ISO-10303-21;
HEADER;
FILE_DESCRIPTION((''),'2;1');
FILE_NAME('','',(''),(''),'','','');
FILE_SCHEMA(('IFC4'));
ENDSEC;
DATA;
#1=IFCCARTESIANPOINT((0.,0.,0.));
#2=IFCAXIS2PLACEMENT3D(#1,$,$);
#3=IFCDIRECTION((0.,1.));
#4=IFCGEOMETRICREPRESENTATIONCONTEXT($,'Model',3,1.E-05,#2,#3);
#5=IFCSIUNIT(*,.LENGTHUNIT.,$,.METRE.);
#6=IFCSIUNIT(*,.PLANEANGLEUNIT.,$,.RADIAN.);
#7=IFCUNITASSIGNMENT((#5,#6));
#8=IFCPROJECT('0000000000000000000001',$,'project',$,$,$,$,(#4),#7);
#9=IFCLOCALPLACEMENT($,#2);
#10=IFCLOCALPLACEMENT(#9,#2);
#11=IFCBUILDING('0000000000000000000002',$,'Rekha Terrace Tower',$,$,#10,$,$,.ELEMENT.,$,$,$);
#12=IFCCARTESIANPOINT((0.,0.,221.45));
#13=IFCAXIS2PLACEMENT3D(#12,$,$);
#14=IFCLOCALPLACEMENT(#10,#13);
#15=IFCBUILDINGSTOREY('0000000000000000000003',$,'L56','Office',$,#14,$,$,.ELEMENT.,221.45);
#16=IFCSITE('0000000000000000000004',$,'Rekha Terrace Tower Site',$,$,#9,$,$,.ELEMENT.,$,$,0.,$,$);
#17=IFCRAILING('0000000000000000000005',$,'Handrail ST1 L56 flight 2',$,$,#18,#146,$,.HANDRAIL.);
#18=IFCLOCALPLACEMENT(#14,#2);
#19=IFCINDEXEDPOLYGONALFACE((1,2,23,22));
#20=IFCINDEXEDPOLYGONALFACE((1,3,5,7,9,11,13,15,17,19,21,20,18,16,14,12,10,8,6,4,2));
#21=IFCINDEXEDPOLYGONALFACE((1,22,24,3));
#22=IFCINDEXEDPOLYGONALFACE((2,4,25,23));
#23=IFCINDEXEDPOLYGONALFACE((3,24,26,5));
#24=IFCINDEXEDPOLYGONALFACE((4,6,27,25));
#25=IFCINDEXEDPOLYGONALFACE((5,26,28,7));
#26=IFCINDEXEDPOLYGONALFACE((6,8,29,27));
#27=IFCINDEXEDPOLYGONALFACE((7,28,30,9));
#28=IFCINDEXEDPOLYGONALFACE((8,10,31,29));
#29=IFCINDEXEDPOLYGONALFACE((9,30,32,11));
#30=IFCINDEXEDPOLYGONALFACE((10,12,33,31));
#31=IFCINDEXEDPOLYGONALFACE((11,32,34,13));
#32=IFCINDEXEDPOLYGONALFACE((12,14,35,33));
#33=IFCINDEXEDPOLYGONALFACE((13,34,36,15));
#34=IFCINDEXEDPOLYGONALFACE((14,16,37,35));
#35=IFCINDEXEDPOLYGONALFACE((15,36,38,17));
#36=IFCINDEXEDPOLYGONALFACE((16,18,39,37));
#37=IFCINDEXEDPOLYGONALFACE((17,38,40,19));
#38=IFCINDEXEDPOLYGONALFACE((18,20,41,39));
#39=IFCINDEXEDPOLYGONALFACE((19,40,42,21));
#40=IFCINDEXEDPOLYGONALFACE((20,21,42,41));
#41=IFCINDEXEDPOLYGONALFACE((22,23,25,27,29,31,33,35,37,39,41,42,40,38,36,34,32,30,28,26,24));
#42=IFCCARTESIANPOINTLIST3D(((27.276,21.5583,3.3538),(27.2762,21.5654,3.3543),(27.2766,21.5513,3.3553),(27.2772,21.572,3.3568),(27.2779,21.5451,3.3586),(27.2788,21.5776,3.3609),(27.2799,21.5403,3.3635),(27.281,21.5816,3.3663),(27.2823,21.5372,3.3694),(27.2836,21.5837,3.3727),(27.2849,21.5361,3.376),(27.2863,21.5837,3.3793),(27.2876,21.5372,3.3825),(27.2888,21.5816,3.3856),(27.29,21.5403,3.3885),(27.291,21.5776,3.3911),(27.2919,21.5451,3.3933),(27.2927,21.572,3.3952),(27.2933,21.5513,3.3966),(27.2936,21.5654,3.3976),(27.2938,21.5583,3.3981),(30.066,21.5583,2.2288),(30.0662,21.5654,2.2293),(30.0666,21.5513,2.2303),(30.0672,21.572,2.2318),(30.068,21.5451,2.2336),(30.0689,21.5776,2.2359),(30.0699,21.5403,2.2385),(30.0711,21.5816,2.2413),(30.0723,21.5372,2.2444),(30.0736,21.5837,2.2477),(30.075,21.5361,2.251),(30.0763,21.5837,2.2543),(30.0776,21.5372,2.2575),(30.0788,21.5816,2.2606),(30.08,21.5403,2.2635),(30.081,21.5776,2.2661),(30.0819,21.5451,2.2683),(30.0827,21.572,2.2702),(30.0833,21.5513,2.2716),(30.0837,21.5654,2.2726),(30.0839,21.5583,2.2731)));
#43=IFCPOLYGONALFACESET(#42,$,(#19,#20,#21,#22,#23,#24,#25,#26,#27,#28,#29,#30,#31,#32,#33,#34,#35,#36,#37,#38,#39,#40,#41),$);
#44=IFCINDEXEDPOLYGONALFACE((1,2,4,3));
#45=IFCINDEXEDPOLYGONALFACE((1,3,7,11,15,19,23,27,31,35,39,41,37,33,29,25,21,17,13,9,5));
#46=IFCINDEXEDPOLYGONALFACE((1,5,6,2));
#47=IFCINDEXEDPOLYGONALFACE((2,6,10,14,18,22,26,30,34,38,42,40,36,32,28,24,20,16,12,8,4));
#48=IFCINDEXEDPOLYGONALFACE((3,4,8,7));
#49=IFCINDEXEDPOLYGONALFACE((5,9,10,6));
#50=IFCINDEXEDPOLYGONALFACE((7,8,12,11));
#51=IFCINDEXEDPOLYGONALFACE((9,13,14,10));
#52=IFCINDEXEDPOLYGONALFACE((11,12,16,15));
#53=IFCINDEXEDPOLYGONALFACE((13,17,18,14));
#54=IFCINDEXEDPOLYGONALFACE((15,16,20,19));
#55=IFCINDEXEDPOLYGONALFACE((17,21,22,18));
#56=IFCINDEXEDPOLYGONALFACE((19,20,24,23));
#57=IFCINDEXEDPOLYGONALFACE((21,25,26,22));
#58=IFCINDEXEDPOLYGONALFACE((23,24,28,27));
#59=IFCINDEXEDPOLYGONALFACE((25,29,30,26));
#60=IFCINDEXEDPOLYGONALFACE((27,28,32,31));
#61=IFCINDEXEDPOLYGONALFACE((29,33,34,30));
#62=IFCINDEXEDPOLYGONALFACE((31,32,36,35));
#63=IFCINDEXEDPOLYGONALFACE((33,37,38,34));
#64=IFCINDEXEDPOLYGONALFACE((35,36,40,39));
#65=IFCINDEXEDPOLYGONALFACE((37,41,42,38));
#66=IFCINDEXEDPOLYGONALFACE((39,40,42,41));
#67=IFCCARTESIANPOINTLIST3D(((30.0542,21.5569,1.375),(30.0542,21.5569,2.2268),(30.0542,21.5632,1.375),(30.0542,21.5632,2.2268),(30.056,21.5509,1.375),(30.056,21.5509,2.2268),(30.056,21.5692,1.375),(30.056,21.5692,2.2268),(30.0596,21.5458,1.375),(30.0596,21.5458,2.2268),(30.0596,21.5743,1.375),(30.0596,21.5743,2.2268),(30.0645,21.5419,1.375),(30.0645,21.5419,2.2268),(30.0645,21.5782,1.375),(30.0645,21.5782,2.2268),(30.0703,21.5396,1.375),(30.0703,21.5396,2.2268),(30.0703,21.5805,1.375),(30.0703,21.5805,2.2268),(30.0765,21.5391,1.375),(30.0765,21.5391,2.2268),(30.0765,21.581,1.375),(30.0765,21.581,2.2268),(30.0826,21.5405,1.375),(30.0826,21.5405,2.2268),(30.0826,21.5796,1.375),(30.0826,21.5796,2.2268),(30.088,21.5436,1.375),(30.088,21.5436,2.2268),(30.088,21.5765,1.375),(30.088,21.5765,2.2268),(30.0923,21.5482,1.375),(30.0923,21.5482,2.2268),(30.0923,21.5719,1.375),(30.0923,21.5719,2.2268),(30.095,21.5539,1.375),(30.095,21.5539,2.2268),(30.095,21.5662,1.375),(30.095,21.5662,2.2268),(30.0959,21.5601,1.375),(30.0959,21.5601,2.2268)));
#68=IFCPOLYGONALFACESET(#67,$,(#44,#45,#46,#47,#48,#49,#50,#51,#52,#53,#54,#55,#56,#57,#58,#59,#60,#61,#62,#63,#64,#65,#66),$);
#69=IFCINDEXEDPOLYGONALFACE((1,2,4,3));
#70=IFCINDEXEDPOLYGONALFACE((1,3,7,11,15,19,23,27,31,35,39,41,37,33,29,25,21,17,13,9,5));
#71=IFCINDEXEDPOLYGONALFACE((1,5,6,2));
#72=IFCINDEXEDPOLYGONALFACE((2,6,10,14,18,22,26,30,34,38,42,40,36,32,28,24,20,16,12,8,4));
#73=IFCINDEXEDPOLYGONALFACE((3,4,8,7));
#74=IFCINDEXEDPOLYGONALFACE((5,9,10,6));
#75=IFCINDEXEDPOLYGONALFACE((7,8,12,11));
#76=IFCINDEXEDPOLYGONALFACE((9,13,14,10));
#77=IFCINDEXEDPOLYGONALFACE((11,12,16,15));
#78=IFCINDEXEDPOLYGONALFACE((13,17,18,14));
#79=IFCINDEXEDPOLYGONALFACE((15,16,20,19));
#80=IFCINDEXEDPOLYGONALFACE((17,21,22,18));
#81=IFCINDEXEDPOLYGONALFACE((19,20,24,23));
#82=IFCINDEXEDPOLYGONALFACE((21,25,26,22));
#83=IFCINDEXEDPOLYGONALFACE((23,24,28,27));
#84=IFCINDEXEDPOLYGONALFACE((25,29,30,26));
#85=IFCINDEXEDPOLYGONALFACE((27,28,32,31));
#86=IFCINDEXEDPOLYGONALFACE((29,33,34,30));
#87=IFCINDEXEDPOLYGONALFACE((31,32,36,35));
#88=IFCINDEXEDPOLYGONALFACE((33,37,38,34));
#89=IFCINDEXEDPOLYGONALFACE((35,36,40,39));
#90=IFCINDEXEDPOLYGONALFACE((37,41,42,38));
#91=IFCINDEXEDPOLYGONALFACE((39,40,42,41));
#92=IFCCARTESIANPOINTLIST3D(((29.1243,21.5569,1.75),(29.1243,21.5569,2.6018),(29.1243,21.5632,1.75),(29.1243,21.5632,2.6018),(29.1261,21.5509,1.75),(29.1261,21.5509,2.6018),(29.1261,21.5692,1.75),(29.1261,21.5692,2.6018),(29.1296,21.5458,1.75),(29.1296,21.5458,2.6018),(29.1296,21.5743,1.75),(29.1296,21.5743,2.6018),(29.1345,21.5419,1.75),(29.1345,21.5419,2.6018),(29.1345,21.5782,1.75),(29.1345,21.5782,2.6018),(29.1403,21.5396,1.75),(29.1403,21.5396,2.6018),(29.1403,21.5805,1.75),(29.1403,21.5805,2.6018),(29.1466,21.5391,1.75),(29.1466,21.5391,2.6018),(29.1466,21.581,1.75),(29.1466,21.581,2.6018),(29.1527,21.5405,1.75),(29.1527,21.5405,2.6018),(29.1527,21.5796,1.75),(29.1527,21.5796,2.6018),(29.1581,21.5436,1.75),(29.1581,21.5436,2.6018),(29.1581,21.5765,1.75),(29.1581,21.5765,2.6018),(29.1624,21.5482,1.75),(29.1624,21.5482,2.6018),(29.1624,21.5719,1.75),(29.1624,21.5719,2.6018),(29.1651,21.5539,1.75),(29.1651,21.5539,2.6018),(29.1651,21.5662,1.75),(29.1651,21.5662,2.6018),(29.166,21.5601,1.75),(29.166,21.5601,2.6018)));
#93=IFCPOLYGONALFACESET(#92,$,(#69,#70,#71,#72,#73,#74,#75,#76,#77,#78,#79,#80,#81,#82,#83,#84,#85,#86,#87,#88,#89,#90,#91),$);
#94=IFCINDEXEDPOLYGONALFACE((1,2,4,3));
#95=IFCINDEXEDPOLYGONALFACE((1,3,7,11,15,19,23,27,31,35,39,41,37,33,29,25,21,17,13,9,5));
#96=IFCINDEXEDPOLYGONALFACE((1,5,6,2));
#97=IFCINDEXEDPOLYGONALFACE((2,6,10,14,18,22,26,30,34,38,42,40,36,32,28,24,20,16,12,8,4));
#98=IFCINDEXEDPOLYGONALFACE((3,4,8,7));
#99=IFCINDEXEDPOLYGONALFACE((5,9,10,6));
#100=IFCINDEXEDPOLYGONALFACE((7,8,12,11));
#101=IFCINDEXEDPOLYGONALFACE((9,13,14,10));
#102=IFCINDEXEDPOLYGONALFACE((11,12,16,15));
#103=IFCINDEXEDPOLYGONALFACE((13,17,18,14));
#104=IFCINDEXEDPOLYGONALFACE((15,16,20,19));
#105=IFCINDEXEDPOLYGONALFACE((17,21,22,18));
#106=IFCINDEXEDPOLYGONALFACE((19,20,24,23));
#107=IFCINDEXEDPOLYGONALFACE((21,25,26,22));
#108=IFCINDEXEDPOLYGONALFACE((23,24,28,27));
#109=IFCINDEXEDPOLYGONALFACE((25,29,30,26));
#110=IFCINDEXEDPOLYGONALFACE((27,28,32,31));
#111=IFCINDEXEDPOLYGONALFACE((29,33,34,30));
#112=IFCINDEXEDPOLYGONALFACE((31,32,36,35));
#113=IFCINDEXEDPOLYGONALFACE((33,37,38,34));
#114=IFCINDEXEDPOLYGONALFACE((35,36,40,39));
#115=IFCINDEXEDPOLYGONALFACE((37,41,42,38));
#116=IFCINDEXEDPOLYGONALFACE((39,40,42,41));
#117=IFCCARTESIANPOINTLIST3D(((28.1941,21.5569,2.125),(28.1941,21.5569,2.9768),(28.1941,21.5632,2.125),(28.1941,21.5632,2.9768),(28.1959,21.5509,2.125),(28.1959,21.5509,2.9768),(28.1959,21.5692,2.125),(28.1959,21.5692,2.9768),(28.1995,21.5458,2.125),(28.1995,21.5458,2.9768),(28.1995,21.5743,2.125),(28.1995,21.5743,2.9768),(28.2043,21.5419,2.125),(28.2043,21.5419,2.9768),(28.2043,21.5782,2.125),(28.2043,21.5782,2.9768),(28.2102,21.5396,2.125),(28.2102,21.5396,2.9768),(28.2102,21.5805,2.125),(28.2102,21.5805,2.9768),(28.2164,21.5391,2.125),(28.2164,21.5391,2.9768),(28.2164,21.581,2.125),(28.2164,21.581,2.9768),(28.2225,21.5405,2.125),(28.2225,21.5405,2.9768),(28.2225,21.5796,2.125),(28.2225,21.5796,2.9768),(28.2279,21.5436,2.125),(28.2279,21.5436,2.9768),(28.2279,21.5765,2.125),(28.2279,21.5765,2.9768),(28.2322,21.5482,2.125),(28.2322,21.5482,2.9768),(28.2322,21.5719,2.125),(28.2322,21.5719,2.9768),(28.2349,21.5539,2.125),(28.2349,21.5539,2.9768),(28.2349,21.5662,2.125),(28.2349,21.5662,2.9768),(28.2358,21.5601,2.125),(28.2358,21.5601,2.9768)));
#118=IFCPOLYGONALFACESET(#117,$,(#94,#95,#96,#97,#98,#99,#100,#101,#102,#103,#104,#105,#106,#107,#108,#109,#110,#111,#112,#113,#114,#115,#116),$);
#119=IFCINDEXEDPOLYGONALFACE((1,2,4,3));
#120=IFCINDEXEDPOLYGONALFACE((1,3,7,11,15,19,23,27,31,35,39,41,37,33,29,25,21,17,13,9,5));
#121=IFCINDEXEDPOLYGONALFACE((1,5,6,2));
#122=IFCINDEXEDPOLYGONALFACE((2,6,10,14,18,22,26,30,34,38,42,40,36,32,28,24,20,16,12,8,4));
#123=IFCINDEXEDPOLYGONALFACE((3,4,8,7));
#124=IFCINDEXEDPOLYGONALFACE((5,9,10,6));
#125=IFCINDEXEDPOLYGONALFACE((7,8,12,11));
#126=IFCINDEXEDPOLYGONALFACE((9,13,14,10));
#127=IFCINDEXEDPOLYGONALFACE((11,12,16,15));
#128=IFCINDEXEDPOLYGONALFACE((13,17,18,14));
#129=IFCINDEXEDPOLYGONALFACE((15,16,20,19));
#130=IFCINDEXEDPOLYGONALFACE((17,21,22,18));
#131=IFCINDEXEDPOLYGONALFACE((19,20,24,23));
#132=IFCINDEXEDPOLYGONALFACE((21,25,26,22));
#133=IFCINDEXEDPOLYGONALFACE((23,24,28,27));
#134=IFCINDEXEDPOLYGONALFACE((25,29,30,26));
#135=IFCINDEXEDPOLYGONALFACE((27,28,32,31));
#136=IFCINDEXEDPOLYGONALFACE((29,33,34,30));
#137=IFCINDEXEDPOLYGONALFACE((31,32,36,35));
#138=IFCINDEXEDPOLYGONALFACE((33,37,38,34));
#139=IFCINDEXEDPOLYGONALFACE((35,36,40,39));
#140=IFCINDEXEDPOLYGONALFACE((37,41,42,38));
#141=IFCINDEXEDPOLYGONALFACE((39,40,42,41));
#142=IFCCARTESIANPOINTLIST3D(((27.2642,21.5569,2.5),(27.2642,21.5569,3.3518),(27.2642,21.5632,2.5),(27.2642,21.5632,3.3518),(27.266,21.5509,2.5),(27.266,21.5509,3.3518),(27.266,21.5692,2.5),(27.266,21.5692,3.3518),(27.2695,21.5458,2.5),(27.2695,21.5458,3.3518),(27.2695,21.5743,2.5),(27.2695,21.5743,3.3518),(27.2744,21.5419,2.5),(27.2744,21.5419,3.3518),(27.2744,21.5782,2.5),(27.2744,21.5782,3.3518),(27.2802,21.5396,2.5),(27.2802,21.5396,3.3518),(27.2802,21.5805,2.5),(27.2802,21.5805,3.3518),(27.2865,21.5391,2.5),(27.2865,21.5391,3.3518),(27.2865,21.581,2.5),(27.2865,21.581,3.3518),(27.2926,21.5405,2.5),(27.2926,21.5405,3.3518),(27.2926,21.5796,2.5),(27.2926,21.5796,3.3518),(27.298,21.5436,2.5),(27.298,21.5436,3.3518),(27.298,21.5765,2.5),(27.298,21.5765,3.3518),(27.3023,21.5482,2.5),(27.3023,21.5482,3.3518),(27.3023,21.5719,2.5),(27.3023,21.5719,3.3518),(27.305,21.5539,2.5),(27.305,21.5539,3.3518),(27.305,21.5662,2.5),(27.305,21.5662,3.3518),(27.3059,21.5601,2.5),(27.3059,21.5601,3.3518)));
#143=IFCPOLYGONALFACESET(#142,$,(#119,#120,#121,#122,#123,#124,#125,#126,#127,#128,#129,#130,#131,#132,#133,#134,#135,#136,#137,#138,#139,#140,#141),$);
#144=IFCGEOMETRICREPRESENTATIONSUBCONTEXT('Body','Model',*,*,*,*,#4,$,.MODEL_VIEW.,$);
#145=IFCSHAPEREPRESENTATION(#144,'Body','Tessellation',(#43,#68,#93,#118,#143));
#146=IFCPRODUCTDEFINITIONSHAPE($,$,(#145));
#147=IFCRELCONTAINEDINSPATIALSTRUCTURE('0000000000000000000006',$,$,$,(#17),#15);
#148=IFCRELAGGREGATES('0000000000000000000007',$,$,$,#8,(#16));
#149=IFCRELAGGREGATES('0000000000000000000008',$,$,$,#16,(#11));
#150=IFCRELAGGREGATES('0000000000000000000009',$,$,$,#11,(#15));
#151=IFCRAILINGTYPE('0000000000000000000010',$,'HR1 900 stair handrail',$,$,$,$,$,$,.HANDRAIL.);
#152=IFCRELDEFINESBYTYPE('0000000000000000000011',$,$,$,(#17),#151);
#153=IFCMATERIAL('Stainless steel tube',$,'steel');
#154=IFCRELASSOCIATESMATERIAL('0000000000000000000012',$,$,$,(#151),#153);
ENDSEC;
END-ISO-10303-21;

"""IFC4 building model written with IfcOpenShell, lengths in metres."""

from ifc_helpers import new_model, si_unit, direction, frame, origin, origin_2d, place, context, subcontext, project, spatial, circle, extrude, material, type_object, element, save


model = new_model("IFC4")

# Units and contexts
model_context = context("Model", 3, precision=1e-05, world=origin(), true_north=direction((0.0, 1.0)))
body_context = subcontext(model_context, "Body", "Model", "MODEL_VIEW")
ifc_project = project(units=[si_unit("LENGTHUNIT", "METRE"), si_unit("PLANEANGLEUNIT", "RADIAN")], contexts=[model_context])

# Site, building, storey
site_placement = place(None, origin())
site = spatial("IfcSite", under=ifc_project, at=site_placement, Name="Rekha Terrace Tower Site", CompositionType="ELEMENT", RefElevation=0.0)
building_placement = place(site_placement, origin())
building = spatial("IfcBuilding", under=site, at=building_placement, Name="Rekha Terrace Tower", CompositionType="ELEMENT")
storey_placement = place(building_placement, frame((0.0, 0.0, 221.45)))
storey = spatial("IfcBuildingStorey", under=building, at=storey_placement, Name="L56", Description="Office", CompositionType="ELEMENT", Elevation=221.45)

# Railing
ifc_material_1 = material(Name="Stainless steel tube", Category="steel")
railing_type_1 = type_object("IfcRailingType", Name="HR1 900 stair handrail", PredefinedType="HANDRAIL", material=ifc_material_1)
railing_1_placement = place(storey_placement, frame((30.075, 21.5601, 1.375)))
element("IfcRailing", 1, at=railing_1_placement, inside=storey, type_object=railing_type_1, Name="Handrail ST1 L56 flight 2", PredefinedType="HANDRAIL", context=body_context, shape_type="SweptSolid", body=[
    extrude(circle(Radius=0.0239, at=origin_2d()), frame((0.0, 0.0, 0.876), z_axis=(-0.927443, 0.0, 0.373964), x_axis=(0.0, -1.0, 0.0)), (0.0, 0.0, 1.0), 3.0083),
    extrude(circle(Radius=0.021, at=origin_2d()), origin(), (0.0, 0.0, 1.0), 0.8518),
    extrude(circle(Radius=0.021, at=origin_2d()), frame((-0.9299, 0.0, 0.375)), (0.0, 0.0, 1.0), 0.8518),
    extrude(circle(Radius=0.021, at=origin_2d()), frame((-1.8601, 0.0, 0.75)), (0.0, 0.0, 1.0), 0.8518),
    extrude(circle(Radius=0.021, at=origin_2d()), frame((-2.79, 0.0, 1.125)), (0.0, 0.0, 1.0), 0.8518),
])

save(model, "model.ifc")
